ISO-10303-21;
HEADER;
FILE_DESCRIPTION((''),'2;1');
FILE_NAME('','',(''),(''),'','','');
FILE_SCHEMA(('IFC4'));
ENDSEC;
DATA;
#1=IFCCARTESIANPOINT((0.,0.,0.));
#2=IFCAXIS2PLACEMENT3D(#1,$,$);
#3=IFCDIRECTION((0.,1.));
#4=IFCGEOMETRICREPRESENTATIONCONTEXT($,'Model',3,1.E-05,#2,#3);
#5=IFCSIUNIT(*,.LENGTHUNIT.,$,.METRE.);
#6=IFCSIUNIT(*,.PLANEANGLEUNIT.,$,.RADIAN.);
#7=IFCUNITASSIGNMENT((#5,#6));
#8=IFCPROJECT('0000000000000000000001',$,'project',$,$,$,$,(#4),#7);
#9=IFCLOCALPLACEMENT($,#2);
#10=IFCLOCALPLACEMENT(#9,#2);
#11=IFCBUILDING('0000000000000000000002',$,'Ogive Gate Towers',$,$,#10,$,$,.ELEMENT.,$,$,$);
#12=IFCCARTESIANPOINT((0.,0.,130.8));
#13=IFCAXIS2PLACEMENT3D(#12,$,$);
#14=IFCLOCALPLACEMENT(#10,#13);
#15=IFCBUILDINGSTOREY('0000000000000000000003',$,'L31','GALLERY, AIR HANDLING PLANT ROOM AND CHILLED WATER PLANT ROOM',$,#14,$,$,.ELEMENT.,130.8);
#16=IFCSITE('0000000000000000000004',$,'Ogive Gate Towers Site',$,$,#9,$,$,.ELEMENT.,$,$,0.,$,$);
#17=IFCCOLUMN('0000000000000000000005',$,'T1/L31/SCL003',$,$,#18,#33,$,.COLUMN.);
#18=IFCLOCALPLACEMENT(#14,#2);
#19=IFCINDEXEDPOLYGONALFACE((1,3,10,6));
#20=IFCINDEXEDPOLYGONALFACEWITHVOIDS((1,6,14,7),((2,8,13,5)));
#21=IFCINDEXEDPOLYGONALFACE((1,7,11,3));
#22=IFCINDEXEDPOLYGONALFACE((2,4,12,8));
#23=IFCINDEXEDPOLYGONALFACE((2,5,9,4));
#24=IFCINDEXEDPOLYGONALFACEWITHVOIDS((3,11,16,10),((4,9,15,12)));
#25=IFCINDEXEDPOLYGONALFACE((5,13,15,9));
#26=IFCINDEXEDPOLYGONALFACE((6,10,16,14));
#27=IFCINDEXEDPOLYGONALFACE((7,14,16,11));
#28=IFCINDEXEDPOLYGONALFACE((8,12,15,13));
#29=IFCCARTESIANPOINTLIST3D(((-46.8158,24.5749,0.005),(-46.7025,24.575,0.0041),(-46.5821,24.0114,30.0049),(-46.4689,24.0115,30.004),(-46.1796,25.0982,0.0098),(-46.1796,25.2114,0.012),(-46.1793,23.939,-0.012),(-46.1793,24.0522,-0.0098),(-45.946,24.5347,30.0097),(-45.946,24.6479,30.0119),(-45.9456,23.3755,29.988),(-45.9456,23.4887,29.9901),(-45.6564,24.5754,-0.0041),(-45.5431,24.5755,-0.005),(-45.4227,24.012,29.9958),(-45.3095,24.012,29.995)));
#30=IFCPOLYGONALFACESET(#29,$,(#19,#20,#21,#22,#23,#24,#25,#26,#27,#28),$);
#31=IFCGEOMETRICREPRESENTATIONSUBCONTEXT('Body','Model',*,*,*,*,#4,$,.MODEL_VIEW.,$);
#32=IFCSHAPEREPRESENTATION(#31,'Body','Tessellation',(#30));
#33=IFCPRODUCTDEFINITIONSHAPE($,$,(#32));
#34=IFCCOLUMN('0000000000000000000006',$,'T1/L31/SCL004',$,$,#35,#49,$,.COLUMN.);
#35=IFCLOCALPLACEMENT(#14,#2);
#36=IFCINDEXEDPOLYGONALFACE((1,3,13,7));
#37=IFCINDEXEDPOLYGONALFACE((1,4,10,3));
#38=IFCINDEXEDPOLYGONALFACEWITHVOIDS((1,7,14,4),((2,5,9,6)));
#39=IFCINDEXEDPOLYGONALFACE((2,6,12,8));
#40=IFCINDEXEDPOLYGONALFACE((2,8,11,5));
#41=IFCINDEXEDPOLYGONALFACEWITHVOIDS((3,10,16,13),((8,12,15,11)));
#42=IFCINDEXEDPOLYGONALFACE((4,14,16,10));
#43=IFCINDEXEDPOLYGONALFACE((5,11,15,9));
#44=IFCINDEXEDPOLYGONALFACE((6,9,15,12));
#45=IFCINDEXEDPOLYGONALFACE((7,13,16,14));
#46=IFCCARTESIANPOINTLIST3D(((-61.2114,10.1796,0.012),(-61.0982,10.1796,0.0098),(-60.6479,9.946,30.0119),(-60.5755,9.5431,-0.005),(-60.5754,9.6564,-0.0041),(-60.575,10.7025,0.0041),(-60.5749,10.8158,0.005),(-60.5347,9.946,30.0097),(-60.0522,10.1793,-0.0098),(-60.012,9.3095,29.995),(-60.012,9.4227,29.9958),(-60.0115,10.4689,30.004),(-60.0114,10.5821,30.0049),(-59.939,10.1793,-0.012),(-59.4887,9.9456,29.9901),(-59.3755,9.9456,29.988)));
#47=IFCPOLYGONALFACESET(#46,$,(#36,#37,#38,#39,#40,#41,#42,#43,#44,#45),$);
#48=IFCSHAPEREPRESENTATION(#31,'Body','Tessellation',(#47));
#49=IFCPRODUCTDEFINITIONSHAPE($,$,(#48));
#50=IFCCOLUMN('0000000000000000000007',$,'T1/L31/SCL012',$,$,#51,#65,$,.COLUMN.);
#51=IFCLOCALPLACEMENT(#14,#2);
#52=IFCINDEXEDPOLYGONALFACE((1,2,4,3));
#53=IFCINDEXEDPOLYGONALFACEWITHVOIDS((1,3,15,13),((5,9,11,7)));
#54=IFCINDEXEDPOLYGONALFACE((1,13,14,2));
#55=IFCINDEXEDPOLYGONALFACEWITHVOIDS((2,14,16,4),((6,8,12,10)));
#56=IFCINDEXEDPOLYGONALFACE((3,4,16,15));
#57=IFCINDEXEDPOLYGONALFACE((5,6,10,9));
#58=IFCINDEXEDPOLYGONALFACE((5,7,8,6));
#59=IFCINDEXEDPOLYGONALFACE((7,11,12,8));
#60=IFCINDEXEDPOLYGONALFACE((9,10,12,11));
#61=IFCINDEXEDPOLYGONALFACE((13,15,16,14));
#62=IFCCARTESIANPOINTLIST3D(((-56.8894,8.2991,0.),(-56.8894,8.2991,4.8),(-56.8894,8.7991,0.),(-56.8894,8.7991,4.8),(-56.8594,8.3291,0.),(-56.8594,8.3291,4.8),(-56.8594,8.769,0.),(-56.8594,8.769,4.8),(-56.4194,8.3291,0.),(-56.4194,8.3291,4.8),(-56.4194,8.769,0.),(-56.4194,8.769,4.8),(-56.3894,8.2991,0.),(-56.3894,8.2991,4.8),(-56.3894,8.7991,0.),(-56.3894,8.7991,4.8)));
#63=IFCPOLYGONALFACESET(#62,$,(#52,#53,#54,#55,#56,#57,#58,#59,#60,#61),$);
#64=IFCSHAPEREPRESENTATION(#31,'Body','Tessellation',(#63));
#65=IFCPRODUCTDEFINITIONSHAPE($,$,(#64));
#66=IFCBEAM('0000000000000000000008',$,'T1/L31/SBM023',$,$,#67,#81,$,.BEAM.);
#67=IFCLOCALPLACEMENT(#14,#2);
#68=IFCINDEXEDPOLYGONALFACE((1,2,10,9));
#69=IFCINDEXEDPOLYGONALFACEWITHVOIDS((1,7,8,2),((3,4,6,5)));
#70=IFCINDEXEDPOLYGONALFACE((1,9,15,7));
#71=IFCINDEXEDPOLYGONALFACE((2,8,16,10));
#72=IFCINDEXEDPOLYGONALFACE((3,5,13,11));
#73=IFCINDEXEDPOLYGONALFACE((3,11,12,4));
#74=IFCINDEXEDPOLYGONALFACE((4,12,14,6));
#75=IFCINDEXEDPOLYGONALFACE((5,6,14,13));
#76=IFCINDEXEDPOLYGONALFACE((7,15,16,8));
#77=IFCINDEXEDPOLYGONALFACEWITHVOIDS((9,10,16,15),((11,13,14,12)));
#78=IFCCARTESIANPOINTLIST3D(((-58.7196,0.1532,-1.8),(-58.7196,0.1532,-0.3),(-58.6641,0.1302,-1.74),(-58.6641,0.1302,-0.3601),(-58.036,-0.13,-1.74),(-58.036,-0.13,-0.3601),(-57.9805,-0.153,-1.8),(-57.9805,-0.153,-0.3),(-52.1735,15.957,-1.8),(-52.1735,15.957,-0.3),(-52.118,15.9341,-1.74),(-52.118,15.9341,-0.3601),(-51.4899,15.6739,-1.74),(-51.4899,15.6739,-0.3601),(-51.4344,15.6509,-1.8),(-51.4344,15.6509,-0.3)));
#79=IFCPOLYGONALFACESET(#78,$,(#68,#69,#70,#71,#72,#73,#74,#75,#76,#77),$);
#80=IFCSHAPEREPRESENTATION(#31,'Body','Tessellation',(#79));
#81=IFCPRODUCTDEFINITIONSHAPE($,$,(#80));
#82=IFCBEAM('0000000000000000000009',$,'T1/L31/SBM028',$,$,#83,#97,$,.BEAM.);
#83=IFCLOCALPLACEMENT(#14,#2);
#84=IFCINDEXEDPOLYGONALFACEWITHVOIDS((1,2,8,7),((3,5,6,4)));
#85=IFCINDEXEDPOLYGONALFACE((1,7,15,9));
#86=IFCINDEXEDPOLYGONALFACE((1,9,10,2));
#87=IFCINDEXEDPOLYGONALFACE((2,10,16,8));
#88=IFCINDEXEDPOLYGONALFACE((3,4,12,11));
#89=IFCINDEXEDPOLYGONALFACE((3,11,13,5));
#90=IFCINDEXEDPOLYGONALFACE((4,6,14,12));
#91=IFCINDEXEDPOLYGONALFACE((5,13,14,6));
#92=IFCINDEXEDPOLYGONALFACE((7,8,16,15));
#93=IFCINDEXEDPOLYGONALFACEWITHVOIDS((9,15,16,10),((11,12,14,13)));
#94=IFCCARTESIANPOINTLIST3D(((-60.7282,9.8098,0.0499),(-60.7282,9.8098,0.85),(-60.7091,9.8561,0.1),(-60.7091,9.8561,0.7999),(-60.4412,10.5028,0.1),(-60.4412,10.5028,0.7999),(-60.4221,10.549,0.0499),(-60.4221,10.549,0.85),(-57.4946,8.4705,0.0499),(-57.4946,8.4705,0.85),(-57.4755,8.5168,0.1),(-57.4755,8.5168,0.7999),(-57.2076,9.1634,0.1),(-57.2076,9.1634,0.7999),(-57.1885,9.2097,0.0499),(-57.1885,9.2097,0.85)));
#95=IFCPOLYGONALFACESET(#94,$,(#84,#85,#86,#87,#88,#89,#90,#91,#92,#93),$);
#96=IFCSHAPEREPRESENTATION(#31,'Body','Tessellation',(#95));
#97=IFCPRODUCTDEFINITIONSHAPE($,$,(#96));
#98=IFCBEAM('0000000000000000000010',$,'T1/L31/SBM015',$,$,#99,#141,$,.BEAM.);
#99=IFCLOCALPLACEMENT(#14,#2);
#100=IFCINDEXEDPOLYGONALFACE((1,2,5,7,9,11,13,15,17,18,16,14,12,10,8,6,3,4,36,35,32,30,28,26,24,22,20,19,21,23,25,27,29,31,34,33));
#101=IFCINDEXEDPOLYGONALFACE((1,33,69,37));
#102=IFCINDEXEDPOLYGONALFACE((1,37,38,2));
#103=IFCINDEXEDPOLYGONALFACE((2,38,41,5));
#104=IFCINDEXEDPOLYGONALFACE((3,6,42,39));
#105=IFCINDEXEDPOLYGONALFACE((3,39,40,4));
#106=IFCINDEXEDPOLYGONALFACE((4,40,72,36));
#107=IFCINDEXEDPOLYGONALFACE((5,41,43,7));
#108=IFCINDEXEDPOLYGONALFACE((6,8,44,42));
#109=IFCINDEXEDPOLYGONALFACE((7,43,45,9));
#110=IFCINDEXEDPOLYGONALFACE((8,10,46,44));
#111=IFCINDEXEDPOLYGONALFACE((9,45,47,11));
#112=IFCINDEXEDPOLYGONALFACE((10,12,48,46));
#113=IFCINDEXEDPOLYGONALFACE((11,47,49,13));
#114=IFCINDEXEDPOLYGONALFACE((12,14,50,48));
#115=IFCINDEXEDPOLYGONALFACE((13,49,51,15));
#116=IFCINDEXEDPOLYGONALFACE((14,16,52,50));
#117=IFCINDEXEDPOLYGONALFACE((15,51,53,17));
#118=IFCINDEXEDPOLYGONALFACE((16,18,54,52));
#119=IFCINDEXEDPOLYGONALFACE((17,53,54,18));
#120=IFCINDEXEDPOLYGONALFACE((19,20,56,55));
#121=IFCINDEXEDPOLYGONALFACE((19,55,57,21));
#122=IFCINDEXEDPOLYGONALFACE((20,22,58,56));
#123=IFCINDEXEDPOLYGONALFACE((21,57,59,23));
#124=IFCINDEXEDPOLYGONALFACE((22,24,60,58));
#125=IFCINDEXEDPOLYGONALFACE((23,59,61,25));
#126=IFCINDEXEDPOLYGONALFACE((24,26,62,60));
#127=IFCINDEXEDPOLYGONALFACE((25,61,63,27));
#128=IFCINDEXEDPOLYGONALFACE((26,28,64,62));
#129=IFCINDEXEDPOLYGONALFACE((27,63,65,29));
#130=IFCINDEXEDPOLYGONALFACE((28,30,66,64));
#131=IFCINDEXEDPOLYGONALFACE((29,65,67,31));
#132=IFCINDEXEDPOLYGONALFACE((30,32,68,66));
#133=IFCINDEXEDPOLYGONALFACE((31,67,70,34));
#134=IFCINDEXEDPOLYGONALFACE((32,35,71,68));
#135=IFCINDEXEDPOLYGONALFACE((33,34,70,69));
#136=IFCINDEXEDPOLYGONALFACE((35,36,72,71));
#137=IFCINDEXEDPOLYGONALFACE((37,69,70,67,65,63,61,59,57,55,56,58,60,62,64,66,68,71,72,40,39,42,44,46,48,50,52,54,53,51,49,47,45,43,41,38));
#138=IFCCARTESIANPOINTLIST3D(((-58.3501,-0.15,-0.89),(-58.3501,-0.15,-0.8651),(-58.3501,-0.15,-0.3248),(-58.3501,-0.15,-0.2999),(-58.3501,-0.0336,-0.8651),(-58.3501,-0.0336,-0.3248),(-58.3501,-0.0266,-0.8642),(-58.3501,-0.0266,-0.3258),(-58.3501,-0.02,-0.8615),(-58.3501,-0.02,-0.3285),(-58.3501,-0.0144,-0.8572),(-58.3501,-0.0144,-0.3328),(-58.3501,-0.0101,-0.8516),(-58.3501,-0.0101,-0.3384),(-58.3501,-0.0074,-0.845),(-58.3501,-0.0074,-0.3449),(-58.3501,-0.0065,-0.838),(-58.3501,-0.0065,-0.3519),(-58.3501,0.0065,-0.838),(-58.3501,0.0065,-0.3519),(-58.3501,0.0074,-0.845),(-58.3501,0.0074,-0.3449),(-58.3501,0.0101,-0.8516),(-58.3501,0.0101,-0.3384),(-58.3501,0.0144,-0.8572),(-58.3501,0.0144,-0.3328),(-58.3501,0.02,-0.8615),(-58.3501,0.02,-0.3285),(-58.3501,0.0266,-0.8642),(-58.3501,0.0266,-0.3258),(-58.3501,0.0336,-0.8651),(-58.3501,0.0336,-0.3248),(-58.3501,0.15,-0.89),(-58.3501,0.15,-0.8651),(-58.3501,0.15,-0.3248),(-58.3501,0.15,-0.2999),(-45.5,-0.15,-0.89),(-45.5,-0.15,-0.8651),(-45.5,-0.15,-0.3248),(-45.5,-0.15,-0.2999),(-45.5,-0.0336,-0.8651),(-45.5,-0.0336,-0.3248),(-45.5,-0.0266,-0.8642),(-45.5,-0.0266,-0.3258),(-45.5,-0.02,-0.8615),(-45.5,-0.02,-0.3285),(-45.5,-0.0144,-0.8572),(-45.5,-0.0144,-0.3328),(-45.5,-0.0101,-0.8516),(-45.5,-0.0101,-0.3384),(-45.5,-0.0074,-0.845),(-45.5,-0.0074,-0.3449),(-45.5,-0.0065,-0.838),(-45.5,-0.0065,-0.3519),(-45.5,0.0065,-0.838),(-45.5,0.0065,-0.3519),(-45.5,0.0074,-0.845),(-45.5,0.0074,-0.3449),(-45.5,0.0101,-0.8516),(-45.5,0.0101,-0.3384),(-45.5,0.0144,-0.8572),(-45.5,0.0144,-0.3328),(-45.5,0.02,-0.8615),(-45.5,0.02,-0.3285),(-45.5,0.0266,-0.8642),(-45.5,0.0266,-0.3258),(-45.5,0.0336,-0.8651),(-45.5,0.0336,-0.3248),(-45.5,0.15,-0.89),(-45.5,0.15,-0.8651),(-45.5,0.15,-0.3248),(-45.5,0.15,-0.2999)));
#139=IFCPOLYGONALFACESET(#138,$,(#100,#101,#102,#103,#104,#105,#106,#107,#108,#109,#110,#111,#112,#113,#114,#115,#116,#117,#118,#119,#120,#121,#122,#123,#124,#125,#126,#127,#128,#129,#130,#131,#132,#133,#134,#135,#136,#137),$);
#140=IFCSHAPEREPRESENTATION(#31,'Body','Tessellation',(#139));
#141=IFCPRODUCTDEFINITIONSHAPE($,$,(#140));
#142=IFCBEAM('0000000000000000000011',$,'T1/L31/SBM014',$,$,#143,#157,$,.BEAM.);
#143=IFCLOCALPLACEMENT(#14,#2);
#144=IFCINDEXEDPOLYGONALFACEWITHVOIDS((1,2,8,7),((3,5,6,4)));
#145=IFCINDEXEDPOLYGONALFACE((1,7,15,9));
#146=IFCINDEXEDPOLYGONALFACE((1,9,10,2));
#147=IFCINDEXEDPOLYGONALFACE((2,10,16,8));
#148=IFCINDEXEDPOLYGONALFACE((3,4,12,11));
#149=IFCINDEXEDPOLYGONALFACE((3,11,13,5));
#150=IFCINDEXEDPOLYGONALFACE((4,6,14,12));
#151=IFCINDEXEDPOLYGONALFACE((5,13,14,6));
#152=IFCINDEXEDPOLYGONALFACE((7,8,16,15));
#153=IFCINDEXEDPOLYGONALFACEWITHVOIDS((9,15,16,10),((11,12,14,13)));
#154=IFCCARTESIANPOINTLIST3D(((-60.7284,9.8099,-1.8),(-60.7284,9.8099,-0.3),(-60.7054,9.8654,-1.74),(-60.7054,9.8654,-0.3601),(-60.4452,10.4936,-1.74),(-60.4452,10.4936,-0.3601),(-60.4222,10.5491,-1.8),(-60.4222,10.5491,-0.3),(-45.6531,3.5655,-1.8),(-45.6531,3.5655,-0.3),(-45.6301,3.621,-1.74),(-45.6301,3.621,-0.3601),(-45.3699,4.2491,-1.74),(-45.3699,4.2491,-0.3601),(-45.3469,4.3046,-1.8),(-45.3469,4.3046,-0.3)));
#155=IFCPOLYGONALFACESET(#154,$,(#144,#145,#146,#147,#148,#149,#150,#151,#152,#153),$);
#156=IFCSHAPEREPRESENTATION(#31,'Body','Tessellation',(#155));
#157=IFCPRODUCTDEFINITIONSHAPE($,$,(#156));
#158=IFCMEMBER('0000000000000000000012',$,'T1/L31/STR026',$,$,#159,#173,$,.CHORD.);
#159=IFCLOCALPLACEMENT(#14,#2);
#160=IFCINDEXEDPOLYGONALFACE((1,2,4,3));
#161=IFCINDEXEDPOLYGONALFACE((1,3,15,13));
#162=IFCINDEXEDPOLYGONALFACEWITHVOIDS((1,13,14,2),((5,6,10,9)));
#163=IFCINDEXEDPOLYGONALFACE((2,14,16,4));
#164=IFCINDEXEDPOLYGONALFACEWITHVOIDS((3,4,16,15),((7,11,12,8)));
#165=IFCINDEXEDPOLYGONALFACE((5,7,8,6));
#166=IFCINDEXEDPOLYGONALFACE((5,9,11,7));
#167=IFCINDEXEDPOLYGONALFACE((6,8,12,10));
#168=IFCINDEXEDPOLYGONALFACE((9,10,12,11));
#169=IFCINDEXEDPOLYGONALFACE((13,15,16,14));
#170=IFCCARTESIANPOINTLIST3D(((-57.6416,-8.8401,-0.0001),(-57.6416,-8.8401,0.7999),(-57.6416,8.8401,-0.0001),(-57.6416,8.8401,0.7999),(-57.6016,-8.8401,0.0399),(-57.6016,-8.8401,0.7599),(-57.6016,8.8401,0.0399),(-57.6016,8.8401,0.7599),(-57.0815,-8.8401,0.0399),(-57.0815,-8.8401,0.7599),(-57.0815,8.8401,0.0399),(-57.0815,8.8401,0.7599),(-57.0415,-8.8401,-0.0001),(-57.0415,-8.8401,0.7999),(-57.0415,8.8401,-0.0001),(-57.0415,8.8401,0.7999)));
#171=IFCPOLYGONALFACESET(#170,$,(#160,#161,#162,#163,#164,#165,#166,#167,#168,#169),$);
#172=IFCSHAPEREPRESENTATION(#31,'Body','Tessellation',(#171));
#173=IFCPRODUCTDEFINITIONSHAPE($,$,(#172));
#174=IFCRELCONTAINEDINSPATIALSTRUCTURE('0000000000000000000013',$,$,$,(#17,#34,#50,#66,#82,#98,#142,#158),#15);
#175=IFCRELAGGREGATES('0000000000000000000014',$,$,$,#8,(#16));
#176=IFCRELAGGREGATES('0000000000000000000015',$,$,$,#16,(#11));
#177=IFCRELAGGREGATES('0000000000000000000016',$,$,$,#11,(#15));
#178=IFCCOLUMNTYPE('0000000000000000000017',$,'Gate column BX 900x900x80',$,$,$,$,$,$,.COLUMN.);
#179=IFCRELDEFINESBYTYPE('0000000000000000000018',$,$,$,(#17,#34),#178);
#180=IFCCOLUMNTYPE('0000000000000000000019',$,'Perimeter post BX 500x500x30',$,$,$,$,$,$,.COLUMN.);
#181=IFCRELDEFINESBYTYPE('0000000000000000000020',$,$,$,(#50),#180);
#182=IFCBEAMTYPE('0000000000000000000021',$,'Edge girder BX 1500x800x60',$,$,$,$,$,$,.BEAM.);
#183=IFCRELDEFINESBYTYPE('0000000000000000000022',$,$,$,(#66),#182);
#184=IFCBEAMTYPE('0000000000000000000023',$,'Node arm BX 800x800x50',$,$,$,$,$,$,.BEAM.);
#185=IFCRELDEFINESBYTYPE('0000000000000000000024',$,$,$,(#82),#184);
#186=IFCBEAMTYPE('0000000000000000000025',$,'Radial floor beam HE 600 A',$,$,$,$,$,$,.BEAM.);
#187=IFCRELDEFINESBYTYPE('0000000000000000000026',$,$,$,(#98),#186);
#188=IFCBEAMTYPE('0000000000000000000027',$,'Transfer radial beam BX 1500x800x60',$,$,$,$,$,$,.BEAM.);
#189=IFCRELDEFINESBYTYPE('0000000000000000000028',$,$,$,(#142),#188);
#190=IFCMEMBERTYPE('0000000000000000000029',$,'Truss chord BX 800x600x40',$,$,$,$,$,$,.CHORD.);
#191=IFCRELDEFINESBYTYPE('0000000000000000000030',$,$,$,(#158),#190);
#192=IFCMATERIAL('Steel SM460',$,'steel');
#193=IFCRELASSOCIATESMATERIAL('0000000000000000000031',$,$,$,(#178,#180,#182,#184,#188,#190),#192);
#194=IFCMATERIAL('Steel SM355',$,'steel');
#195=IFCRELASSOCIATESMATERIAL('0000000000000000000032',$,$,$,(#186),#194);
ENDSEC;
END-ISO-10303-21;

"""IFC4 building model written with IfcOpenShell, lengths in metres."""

from ifc_helpers import new_model, si_unit, direction, frame, origin, origin_2d, place, context, subcontext, project, spatial, hollow_rectangle, i_section, extrude, material, material_profile, profile_set, type_object, element, save


model = new_model("IFC4")

# Units and contexts
model_context = context("Model", 3, precision=1e-05, world=origin(), true_north=direction((0.0, 1.0)))
body_context = subcontext(model_context, "Body", "Model", "MODEL_VIEW")
ifc_project = project(units=[si_unit("LENGTHUNIT", "METRE"), si_unit("PLANEANGLEUNIT", "RADIAN")], contexts=[model_context])

# Site, building, storey
site_placement = place(None, origin())
site = spatial("IfcSite", under=ifc_project, at=site_placement, Name="Ogive Gate Towers Site", CompositionType="ELEMENT", RefElevation=0.0)
building_placement = place(site_placement, origin())
building = spatial("IfcBuilding", under=site, at=building_placement, Name="Ogive Gate Towers", CompositionType="ELEMENT")
storey_placement = place(building_placement, frame((0.0, 0.0, 130.8)))
storey = spatial("IfcBuildingStorey", under=building, at=storey_placement, Name="L31", Description="GALLERY, AIR HANDLING PLANT ROOM AND CHILLED WATER PLANT ROOM", CompositionType="ELEMENT", Elevation=130.8)

# Columns
ifc_material_1 = material(Name="Steel SM460", Category="steel")
ifc_material_profile_1 = material_profile(ifc_material_1, hollow_rectangle(XDim=0.8999, YDim=0.8999, WallThickness=0.0801, at=origin_2d()), Name="BX 900x900x80")
ifc_profile_set_1 = profile_set([ifc_material_profile_1], Name="Steel SM460")
column_type_1 = type_object("IfcColumnType", Name="Gate column BX 900x900x80", PredefinedType="COLUMN", material=ifc_profile_set_1)
for number, where, z_axis, x_axis, name in (
    (1, (-46.1794, 24.5752, 0.0), (0.007786, -0.018779, 0.999793), (-0.707294, 0.70667, 0.018782), "T1/L31/SCL003"),
    (2, (-60.5752, 10.1794, 0.0), (0.018779, -0.007786, 0.999793), (-0.707294, -0.706877, 0.00778), "T1/L31/SCL004"),
):
    element("IfcColumn", number, at=place(storey_placement, frame(where, z_axis=z_axis, x_axis=x_axis)), inside=storey, type_object=column_type_1, Name=name, PredefinedType="COLUMN", context=body_context, shape_type="SweptSolid", body=[
        extrude(hollow_rectangle(XDim=0.8999, YDim=0.8999, WallThickness=0.0801, at=origin_2d()), origin(), (0.0, 0.0, 1.0), 30.0061),
    ])
ifc_material_profile_2 = material_profile(ifc_material_1, hollow_rectangle(XDim=0.5, YDim=0.5, WallThickness=0.03, at=origin_2d()), Name="BX 500x500x30")
ifc_profile_set_2 = profile_set([ifc_material_profile_2], Name="Steel SM460")
column_type_2 = type_object("IfcColumnType", Name="Perimeter post BX 500x500x30", PredefinedType="COLUMN", material=ifc_profile_set_2)
column_placement = place(storey_placement, frame((-56.6394, 8.5491, 0.0), z_axis=(0.0, 0.0, 1.0), x_axis=(1.0, 0.0, 0.0)))
element("IfcColumn", 3, at=column_placement, inside=storey, type_object=column_type_2, Name="T1/L31/SCL012", PredefinedType="COLUMN", context=body_context, shape_type="SweptSolid", body=[
    extrude(hollow_rectangle(XDim=0.5, YDim=0.5, WallThickness=0.03, at=origin_2d()), origin(), (0.0, 0.0, 1.0), 4.8),
])

# Beams
ifc_material_profile_3 = material_profile(ifc_material_1, hollow_rectangle(XDim=0.8, YDim=1.5, WallThickness=0.0601, at=origin_2d()), Name="BX 1500x800x60")
ifc_profile_set_3 = profile_set([ifc_material_profile_3], Name="Steel SM460")
beam_type_1 = type_object("IfcBeamType", Name="Edge girder BX 1500x800x60", PredefinedType="BEAM", material=ifc_profile_set_3)
beam_1_placement = place(storey_placement, frame((-51.804, 15.804, -1.05), z_axis=(-0.38268, -0.923881, 0.0), x_axis=(0.923881, -0.38268, 0.0)))
element("IfcBeam", 4, at=beam_1_placement, inside=storey, type_object=beam_type_1, Name="T1/L31/SBM023", PredefinedType="BEAM", context=body_context, shape_type="SweptSolid", body=[
    extrude(hollow_rectangle(XDim=0.8, YDim=1.5, WallThickness=0.0601, at=origin_2d()), origin(), (0.0, 0.0, 1.0), 17.106),
])
ifc_material_profile_4 = material_profile(ifc_material_1, hollow_rectangle(XDim=0.8, YDim=0.8, WallThickness=0.05, at=origin_2d()), Name="BX 800x800x50")
ifc_profile_set_4 = profile_set([ifc_material_profile_4], Name="Steel SM460")
beam_type_2 = type_object("IfcBeamType", Name="Node arm BX 800x800x50", PredefinedType="BEAM", material=ifc_profile_set_4)
beam_2_placement = place(storey_placement, frame((-57.3416, 8.8401, 0.45), z_axis=(-0.923886, 0.382668, 0.0), x_axis=(-0.382668, -0.923886, 0.0)))
element("IfcBeam", 5, at=beam_2_placement, inside=storey, type_object=beam_type_2, Name="T1/L31/SBM028", PredefinedType="BEAM", context=body_context, shape_type="SweptSolid", body=[
    extrude(hollow_rectangle(XDim=0.8, YDim=0.8, WallThickness=0.05, at=origin_2d()), origin(), (0.0, 0.0, 1.0), 3.5),
])
ifc_material_2 = material(Name="Steel SM355", Category="steel")
ifc_material_profile_5 = material_profile(ifc_material_2, i_section(OverallWidth=0.3, OverallDepth=0.5901, WebThickness=0.0129, FlangeThickness=0.0249, FilletRadius=0.0271, at=origin_2d()), Name="HE 600 A")
ifc_profile_set_5 = profile_set([ifc_material_profile_5], Name="Steel SM355")
beam_type_3 = type_object("IfcBeamType", Name="Radial floor beam HE 600 A", PredefinedType="BEAM", material=ifc_profile_set_5)
beam_3_placement = place(storey_placement, frame((-45.5, 0.0, -0.595), z_axis=(-1.0, 0.0, 0.0), x_axis=(0.0, -1.0, 0.0)))
element("IfcBeam", 6, at=beam_3_placement, inside=storey, type_object=beam_type_3, Name="T1/L31/SBM015", PredefinedType="BEAM", context=body_context, shape_type="SweptSolid", body=[
    extrude(i_section(OverallWidth=0.3, OverallDepth=0.5901, WebThickness=0.0129, FlangeThickness=0.0249, FilletRadius=0.0271, at=origin_2d()), origin(), (0.0, 0.0, 1.0), 12.8501),
])
ifc_material_profile_6 = material_profile(ifc_material_1, hollow_rectangle(XDim=0.8, YDim=1.5, WallThickness=0.0601, at=origin_2d()), Name="BX 1500x800x60")
ifc_profile_set_6 = profile_set([ifc_material_profile_6], Name="Steel SM460")
beam_type_4 = type_object("IfcBeamType", Name="Transfer radial beam BX 1500x800x60", PredefinedType="BEAM", material=ifc_profile_set_6)
beam_4_placement = place(storey_placement, frame((-45.5, 3.9351, -1.05), z_axis=(-0.923879, 0.382685, 0.0), x_axis=(-0.382685, -0.923879, 0.0)))
element("IfcBeam", 7, at=beam_4_placement, inside=storey, type_object=beam_type_4, Name="T1/L31/SBM014", PredefinedType="BEAM", context=body_context, shape_type="SweptSolid", body=[
    extrude(hollow_rectangle(XDim=0.8, YDim=1.5, WallThickness=0.0601, at=origin_2d()), origin(), (0.0, 0.0, 1.0), 16.3174),
])

# Member
ifc_material_profile_7 = material_profile(ifc_material_1, hollow_rectangle(XDim=0.6001, YDim=0.8, WallThickness=0.04, at=origin_2d()), Name="BX 800x600x40")
ifc_profile_set_7 = profile_set([ifc_material_profile_7], Name="Steel SM460")
member_type_1 = type_object("IfcMemberType", Name="Truss chord BX 800x600x40", PredefinedType="CHORD", material=ifc_profile_set_7)
for number, where, z_axis, x_axis, name in (
    (8, (-57.3416, 8.8401, 0.3999), (0.0, -1.0, 0.0), (1.0, 0.0, 0.0), "T1/L31/STR026"),
):
    element("IfcMember", number, at=place(storey_placement, frame(where, z_axis=z_axis, x_axis=x_axis)), inside=storey, type_object=member_type_1, Name=name, PredefinedType="CHORD", context=body_context, shape_type="SweptSolid", body=[
        extrude(hollow_rectangle(XDim=0.6001, YDim=0.8, WallThickness=0.04, at=origin_2d()), origin(), (0.0, 0.0, 1.0), 17.6802),
    ])

save(model, "model.ifc")
